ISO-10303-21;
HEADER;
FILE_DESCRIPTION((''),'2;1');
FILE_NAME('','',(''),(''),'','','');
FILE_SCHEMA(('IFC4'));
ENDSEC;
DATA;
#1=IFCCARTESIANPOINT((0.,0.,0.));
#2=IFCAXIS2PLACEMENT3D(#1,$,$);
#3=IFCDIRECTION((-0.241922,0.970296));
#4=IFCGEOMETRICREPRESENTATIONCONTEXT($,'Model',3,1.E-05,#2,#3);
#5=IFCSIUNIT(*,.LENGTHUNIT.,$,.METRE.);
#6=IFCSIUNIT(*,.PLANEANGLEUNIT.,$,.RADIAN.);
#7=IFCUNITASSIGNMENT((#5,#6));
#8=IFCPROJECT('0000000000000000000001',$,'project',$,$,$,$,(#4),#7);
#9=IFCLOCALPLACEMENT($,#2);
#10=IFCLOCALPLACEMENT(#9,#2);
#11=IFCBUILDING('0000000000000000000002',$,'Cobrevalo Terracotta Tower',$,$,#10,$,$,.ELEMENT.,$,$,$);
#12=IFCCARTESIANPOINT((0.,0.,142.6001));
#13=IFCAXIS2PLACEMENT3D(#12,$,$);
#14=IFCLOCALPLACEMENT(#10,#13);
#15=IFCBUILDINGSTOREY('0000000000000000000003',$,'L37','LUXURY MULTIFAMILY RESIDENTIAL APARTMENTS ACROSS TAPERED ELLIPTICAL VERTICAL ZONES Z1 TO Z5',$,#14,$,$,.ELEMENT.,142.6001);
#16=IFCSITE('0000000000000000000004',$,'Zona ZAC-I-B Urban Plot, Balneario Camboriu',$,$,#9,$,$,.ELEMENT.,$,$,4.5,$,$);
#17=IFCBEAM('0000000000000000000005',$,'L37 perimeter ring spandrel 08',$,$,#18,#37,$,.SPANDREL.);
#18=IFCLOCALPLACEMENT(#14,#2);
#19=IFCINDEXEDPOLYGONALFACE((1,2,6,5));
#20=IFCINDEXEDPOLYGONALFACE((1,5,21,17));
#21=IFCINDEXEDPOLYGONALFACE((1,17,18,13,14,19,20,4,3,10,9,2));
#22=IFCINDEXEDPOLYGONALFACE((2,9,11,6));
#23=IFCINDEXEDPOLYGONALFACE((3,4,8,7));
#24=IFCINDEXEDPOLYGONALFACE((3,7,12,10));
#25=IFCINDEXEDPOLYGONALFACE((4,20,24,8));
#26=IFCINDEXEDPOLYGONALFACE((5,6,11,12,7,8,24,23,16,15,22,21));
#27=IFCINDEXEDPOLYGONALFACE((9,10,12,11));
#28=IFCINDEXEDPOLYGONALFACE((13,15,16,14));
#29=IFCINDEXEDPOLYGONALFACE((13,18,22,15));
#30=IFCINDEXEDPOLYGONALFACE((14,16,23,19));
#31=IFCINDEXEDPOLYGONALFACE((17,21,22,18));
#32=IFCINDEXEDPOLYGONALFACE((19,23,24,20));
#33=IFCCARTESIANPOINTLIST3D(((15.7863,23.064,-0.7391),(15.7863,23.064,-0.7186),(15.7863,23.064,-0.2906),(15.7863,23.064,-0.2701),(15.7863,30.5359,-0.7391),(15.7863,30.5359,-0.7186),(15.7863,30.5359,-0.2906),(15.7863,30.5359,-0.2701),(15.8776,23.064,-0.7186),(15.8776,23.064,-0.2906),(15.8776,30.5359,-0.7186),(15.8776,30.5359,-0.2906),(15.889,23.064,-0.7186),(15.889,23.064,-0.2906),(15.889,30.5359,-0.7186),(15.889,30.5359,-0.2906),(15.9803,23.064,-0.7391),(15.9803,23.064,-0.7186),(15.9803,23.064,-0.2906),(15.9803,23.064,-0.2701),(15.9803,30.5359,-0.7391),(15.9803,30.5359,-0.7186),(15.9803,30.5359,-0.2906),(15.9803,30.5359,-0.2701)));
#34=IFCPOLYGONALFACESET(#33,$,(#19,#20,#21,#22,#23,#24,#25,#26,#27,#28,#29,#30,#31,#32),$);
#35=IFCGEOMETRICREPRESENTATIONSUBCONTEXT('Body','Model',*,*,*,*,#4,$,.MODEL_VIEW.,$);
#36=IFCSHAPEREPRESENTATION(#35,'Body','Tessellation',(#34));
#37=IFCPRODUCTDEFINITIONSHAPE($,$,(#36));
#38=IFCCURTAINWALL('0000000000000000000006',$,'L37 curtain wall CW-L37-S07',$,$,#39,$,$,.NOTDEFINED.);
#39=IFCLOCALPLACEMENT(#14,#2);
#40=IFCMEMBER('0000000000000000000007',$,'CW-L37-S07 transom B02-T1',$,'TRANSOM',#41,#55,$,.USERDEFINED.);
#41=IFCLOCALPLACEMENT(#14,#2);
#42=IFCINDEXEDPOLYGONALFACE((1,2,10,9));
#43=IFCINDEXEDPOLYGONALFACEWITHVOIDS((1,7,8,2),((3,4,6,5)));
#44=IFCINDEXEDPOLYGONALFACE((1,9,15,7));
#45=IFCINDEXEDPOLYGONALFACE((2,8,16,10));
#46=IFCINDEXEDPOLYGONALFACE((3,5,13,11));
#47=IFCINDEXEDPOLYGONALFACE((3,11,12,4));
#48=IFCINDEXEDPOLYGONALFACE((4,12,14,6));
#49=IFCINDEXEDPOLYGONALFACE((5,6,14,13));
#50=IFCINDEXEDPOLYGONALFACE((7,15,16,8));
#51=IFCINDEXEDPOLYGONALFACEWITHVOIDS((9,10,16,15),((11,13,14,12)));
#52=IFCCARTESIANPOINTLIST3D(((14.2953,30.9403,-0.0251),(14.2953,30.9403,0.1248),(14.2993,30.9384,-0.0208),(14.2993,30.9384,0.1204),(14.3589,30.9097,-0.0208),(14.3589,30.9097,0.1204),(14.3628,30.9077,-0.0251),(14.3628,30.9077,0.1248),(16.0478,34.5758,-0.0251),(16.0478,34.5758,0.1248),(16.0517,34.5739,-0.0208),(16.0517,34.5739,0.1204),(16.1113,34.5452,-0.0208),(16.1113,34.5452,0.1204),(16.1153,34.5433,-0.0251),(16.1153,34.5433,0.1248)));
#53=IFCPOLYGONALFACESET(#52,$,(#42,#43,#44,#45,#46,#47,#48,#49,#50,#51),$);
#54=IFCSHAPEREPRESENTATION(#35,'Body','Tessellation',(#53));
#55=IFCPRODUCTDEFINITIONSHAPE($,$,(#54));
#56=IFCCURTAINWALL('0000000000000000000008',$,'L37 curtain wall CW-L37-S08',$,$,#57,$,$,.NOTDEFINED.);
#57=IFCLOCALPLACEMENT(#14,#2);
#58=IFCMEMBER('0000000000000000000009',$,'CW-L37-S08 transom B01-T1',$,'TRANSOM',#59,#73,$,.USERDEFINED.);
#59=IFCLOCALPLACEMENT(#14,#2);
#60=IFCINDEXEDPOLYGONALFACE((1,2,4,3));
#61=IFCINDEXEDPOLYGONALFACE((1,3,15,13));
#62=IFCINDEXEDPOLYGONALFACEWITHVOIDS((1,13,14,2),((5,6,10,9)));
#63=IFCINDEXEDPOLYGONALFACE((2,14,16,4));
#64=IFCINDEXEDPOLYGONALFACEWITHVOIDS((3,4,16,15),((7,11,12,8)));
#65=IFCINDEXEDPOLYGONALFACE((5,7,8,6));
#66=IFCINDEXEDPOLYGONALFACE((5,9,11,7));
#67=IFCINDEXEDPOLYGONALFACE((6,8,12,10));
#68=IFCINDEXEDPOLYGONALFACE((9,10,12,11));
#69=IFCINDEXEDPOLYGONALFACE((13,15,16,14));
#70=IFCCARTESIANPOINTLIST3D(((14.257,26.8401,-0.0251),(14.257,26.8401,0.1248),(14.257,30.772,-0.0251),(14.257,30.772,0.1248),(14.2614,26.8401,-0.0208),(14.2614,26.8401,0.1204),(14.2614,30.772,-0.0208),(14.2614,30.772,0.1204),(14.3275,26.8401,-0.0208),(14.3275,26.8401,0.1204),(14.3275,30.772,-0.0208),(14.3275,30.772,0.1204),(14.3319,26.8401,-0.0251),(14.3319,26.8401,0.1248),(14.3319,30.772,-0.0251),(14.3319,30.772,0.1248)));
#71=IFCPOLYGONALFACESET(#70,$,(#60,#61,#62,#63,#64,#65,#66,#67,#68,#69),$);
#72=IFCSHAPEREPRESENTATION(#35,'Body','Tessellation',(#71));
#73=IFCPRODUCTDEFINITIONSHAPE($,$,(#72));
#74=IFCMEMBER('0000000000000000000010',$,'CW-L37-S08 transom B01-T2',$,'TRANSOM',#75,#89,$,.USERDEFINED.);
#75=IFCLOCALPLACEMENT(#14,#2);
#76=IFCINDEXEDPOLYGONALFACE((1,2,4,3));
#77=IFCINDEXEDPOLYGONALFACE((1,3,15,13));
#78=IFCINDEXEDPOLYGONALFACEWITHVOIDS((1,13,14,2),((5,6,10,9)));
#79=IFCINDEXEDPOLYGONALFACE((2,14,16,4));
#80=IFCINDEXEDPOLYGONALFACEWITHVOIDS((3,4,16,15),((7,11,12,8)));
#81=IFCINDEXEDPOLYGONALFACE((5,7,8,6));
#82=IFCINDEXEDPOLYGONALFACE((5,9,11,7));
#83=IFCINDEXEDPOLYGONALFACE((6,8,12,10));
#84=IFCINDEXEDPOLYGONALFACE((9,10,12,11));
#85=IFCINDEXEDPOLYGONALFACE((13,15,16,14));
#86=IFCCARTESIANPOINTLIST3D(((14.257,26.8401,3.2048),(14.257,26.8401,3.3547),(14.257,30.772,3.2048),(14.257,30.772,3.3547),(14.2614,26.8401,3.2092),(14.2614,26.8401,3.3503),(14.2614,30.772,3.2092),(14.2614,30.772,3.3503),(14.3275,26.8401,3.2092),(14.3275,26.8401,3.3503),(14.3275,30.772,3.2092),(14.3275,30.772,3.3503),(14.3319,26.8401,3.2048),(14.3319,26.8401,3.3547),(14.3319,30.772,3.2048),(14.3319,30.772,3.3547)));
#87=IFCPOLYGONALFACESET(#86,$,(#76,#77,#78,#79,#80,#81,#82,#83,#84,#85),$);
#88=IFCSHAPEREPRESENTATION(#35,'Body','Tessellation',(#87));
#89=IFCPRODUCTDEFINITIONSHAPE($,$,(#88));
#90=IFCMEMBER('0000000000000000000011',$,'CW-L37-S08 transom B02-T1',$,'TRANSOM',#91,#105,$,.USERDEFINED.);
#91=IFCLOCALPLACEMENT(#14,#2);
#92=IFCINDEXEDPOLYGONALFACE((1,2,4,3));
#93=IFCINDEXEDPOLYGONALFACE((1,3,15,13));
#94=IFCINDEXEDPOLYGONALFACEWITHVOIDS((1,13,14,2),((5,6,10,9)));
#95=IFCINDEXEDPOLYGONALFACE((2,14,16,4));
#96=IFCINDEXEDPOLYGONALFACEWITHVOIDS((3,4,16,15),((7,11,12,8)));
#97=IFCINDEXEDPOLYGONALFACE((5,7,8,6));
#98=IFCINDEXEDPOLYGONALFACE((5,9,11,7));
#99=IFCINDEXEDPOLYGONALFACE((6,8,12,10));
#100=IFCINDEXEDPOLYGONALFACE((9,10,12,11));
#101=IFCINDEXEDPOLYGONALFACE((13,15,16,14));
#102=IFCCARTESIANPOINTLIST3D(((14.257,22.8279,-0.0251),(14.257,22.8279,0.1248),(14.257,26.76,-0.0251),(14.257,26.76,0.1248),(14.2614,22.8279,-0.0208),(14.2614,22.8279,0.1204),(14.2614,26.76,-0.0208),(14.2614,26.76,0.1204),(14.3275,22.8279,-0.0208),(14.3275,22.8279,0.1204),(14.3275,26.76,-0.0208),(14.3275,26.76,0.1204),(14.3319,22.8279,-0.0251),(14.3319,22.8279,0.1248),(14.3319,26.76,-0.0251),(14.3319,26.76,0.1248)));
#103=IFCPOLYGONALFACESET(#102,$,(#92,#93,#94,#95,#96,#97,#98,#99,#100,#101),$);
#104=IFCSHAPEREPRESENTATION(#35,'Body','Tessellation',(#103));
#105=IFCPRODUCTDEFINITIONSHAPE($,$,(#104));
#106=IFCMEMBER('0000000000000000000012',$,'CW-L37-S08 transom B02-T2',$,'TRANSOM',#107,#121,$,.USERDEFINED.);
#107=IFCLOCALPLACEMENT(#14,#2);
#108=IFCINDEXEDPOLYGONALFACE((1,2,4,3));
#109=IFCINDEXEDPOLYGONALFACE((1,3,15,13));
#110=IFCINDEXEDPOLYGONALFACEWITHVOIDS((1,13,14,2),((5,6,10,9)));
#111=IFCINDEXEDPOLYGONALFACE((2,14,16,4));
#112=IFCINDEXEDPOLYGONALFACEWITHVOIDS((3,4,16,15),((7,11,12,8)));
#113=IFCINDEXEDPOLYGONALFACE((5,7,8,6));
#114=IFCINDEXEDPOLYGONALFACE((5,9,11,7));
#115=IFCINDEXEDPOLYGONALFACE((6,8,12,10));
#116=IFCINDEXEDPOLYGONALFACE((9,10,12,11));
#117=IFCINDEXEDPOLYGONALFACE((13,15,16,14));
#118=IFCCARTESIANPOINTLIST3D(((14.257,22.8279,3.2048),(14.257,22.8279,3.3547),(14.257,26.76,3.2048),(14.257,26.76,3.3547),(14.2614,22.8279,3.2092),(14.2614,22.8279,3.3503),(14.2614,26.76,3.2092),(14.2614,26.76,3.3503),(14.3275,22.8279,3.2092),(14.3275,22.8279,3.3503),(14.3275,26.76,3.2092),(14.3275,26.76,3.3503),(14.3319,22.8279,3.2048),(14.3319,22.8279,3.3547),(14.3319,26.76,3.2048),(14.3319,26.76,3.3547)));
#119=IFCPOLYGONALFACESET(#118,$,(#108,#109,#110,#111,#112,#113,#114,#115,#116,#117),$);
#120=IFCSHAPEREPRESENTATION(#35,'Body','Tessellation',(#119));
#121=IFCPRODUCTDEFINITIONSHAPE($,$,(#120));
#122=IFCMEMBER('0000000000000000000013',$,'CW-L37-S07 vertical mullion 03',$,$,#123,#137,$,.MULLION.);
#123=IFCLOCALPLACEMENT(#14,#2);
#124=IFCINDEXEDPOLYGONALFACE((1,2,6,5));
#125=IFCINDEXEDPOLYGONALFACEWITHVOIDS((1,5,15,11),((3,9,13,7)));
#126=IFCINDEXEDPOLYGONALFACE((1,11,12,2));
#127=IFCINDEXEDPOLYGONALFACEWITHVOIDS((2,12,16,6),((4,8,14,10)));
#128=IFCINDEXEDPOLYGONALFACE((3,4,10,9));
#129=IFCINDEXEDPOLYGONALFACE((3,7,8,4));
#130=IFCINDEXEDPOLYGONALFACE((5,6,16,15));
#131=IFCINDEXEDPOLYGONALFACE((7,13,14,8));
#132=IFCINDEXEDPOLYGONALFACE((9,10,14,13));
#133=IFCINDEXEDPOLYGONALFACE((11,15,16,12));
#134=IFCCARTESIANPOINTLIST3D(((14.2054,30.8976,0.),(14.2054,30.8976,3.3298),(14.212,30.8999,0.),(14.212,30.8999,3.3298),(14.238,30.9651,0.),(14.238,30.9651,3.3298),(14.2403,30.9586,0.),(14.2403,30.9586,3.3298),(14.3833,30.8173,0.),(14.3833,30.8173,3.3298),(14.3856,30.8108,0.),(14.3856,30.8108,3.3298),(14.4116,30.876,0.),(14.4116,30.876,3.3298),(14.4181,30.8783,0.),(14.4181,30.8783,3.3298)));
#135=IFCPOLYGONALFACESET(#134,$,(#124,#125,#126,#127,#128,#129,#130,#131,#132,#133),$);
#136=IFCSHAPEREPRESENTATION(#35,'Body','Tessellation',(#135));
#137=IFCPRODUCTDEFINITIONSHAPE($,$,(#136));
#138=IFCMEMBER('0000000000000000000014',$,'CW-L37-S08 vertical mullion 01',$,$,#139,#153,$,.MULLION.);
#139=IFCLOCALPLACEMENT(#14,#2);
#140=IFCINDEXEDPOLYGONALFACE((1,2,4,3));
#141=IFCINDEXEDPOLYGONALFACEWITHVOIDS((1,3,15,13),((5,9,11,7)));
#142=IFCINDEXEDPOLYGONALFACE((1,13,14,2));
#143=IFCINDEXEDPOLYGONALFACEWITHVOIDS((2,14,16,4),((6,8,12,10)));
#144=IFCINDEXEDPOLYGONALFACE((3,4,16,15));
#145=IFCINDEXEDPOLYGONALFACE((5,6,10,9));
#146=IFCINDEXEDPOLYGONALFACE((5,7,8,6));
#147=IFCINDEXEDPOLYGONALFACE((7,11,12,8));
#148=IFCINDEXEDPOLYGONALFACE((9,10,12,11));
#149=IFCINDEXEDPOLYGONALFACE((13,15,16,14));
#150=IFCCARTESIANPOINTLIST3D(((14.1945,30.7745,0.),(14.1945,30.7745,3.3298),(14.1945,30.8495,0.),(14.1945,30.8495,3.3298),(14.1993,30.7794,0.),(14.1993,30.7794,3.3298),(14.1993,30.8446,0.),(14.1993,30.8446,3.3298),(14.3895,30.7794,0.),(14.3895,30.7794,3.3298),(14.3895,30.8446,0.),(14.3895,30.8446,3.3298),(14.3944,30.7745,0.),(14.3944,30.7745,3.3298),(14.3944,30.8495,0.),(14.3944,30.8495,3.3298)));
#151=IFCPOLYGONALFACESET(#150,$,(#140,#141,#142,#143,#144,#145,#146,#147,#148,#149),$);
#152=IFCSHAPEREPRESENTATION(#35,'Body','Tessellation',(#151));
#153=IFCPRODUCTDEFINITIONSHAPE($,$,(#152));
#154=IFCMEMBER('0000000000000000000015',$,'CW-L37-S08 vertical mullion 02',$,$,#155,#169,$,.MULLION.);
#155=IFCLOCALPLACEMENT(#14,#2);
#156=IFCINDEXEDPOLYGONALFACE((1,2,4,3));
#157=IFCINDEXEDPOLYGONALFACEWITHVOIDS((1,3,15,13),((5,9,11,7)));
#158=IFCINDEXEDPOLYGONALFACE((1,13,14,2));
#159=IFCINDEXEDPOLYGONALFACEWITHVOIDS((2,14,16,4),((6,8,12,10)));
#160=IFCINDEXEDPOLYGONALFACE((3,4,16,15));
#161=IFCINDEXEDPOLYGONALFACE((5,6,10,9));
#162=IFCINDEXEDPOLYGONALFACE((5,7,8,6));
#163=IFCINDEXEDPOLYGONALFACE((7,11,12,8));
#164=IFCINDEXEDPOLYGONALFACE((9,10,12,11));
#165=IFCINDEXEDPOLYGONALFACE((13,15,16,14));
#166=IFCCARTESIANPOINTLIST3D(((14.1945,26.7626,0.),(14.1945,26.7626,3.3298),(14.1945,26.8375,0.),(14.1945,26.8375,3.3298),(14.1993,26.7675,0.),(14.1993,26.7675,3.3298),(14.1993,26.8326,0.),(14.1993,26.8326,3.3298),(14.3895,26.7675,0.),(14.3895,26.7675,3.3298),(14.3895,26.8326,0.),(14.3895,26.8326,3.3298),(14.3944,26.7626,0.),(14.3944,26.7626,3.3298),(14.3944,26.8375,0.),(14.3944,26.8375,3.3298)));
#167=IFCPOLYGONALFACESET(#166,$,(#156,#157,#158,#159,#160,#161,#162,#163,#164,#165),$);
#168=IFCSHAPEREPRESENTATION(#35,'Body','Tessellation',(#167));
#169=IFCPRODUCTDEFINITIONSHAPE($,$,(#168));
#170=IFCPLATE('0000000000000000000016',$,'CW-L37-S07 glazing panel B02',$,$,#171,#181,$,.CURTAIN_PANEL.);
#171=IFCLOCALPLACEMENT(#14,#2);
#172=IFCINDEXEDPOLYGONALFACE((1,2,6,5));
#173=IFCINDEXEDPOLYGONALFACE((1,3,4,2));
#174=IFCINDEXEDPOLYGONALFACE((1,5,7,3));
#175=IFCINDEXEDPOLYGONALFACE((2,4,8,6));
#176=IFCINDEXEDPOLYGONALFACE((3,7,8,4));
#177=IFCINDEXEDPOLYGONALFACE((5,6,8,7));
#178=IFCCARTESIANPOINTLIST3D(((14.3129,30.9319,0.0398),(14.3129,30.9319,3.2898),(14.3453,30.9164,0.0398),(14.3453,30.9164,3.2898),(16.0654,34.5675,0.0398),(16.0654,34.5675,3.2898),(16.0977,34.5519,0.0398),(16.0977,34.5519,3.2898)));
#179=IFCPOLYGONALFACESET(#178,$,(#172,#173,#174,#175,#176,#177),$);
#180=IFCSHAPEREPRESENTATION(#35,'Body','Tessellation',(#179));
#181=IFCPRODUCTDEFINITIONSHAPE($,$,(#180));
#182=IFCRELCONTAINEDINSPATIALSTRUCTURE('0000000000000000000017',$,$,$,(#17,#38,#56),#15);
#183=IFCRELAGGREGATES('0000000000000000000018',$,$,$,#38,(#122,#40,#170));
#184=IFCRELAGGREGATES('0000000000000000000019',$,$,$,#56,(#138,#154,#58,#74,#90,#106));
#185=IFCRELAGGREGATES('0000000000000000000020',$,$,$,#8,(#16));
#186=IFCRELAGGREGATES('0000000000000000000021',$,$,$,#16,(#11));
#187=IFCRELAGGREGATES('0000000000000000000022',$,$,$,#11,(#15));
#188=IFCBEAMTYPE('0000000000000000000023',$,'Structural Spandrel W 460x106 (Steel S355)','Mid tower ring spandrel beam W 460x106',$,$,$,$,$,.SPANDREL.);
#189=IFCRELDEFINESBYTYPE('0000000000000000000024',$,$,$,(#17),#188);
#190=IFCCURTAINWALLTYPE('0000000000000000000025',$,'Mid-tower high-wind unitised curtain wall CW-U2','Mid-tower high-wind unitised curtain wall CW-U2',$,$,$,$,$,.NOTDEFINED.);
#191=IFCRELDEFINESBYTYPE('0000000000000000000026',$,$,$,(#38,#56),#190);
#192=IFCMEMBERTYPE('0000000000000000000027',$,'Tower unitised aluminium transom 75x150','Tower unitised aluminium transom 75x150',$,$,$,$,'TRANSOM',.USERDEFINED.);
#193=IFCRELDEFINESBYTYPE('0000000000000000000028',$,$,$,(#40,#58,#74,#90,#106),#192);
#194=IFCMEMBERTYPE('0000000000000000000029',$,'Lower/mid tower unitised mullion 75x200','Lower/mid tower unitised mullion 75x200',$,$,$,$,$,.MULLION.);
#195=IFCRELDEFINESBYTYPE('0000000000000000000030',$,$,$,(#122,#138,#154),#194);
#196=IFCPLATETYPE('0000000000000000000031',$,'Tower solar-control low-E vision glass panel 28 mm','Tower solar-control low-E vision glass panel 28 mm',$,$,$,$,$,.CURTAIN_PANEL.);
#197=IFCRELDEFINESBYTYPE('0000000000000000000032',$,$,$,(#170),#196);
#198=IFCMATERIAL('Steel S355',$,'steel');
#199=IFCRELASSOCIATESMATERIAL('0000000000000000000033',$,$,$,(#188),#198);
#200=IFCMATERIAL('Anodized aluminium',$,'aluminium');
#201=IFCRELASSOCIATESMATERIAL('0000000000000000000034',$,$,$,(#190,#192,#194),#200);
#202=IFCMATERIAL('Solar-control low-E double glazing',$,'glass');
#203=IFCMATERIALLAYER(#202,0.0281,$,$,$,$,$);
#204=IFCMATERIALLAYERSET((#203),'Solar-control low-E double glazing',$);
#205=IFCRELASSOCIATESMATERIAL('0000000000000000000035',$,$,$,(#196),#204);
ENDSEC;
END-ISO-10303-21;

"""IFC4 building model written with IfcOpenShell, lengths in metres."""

from ifc_helpers import new_model, si_unit, direction, frame, origin, origin_2d, place, context, subcontext, project, spatial, rectangle, hollow_rectangle, i_section, extrude, source, transform, mapped, material, layer, layer_set, material_profile, profile_set, type_object, element, aggregate, save


model = new_model("IFC4")

# Units and contexts
model_context = context("Model", 3, precision=1e-05, world=origin(), true_north=direction((-0.241922, 0.970296)))
body_context = subcontext(model_context, "Body", "Model", "MODEL_VIEW")
ifc_project = project(units=[si_unit("LENGTHUNIT", "METRE"), si_unit("PLANEANGLEUNIT", "RADIAN")], contexts=[model_context])

# Site, building, storey
site_placement = place(None, origin())
site = spatial("IfcSite", under=ifc_project, at=site_placement, Name="Zona ZAC-I-B Urban Plot, Balneario Camboriu", CompositionType="ELEMENT", RefElevation=4.5)
building_placement = place(site_placement, origin())
building = spatial("IfcBuilding", under=site, at=building_placement, Name="Cobrevalo Terracotta Tower", CompositionType="ELEMENT")
storey_placement = place(building_placement, frame((0.0, 0.0, 142.6001)))
storey = spatial("IfcBuildingStorey", under=building, at=storey_placement, Name="L37", Description="LUXURY MULTIFAMILY RESIDENTIAL APARTMENTS ACROSS TAPERED ELLIPTICAL VERTICAL ZONES Z1 TO Z5", CompositionType="ELEMENT", Elevation=142.6001)

# Shared definitions
ifc_material_1 = material(Name="Steel S355", Category="steel")

# Beam
ifc_material_profile_1 = material_profile(ifc_material_1, i_section(OverallWidth=0.1941, OverallDepth=0.469, WebThickness=0.0115, FlangeThickness=0.0205, at=origin_2d()), Name="W 460x106")
ifc_profile_set_1 = profile_set([ifc_material_profile_1], Name="Steel S355")
beam_type_1 = type_object("IfcBeamType", Name="Structural Spandrel W 460x106 (Steel S355)", Description="Mid tower ring spandrel beam W 460x106", PredefinedType="SPANDREL", material=ifc_profile_set_1)
beam_1_placement = place(storey_placement, frame((15.8833, 30.5359, -0.5046), z_axis=(0.0, -1.0, 0.0), x_axis=(1.0, 0.0, 0.0)))
element("IfcBeam", 1, at=beam_1_placement, inside=storey, type_object=beam_type_1, Name="L37 perimeter ring spandrel 08", PredefinedType="SPANDREL", context=body_context, shape_type="SweptSolid", body=[
    extrude(i_section(OverallWidth=0.1941, OverallDepth=0.469, WebThickness=0.0115, FlangeThickness=0.0205, at=origin_2d()), origin(), (0.0, 0.0, 1.0), 7.4719),
])

# Curtain wall, member
ifc_material_2 = material(Name="Anodized aluminium", Category="aluminium")
curtain_wall_type = type_object("IfcCurtainWallType", Name="Mid-tower high-wind unitised curtain wall CW-U2", Description="Mid-tower high-wind unitised curtain wall CW-U2", PredefinedType="NOTDEFINED", material=ifc_material_2)
curtain_wall_1_placement = place(storey_placement, origin())
curtain_wall_1 = element("IfcCurtainWall", 2, at=curtain_wall_1_placement, inside=storey, type_object=curtain_wall_type, Name="L37 curtain wall CW-L37-S07", PredefinedType="NOTDEFINED")
ifc_material_profile_2 = material_profile(ifc_material_2, hollow_rectangle(XDim=0.075, YDim=0.1499, WallThickness=0.0044, at=origin_2d()), Name="CWT 75x150")
ifc_profile_set_2 = profile_set([ifc_material_profile_2], Name="Anodized aluminium")
member_type_1 = type_object("IfcMemberType", Name="Tower unitised aluminium transom 75x150", Description="Tower unitised aluminium transom 75x150", ElementType="TRANSOM", PredefinedType="USERDEFINED", material=ifc_profile_set_2)
shared_shape_1 = source(origin(), body_context, "Body", "SweptSolid", [
    extrude(hollow_rectangle(XDim=0.075, YDim=0.1499, WallThickness=0.0044, at=origin_2d()), origin(), (0.0, 0.0, 1.0), 4.0359),
])
member_1_placement = place(storey_placement, frame((16.0815, 34.5596, 0.0498), z_axis=(-0.434221, -0.900806, 0.0), x_axis=(0.900806, -0.434221, 0.0)))
member_1 = element("IfcMember", 3, at=member_1_placement, type_object=member_type_1, Name="CW-L37-S07 transom B02-T1", ObjectType="TRANSOM", PredefinedType="USERDEFINED", context=body_context, shape_type="MappedRepresentation", body=[
    mapped(shared_shape_1, transform((0.0, 0.0, 0.0), scale=1.0)),
])

# Curtain wall, members
curtain_wall_2_placement = place(storey_placement, origin())
curtain_wall_2 = element("IfcCurtainWall", 4, at=curtain_wall_2_placement, inside=storey, type_object=curtain_wall_type, Name="L37 curtain wall CW-L37-S08", PredefinedType="NOTDEFINED")
shared_shape_2 = source(origin(), body_context, "Body", "SweptSolid", [
    extrude(hollow_rectangle(XDim=0.075, YDim=0.1499, WallThickness=0.0044, at=origin_2d()), origin(), (0.0, 0.0, 1.0), 3.9319),
])
member_2_placement = place(storey_placement, frame((14.2944, 30.772, 0.0498), z_axis=(0.0, -1.0, 0.0), x_axis=(1.0, 0.0, 0.0)))
member_2 = element("IfcMember", 5, at=member_2_placement, type_object=member_type_1, Name="CW-L37-S08 transom B01-T1", ObjectType="TRANSOM", PredefinedType="USERDEFINED", context=body_context, shape_type="MappedRepresentation", body=[
    mapped(shared_shape_2, transform((0.0, 0.0, 0.0), scale=1.0)),
])
member_3_placement = place(storey_placement, frame((14.2944, 30.772, 3.2798), z_axis=(0.0, -1.0, 0.0), x_axis=(1.0, 0.0, 0.0)))
member_3 = element("IfcMember", 6, at=member_3_placement, type_object=member_type_1, Name="CW-L37-S08 transom B01-T2", ObjectType="TRANSOM", PredefinedType="USERDEFINED", context=body_context, shape_type="MappedRepresentation", body=[
    mapped(shared_shape_2, transform((0.0, 0.0, 0.0), scale=1.0)),
])
shared_shape_3 = source(origin(), body_context, "Body", "SweptSolid", [
    extrude(hollow_rectangle(XDim=0.075, YDim=0.1499, WallThickness=0.0044, at=origin_2d()), origin(), (0.0, 0.0, 1.0), 3.9321),
])
member_4_placement = place(storey_placement, frame((14.2944, 26.76, 0.0498), z_axis=(0.0, -1.0, 0.0), x_axis=(1.0, 0.0, 0.0)))
member_4 = element("IfcMember", 7, at=member_4_placement, type_object=member_type_1, Name="CW-L37-S08 transom B02-T1", ObjectType="TRANSOM", PredefinedType="USERDEFINED", context=body_context, shape_type="MappedRepresentation", body=[
    mapped(shared_shape_3, transform((0.0, 0.0, 0.0), scale=1.0)),
])
member_5_placement = place(storey_placement, frame((14.2944, 26.76, 3.2798), z_axis=(0.0, -1.0, 0.0), x_axis=(1.0, 0.0, 0.0)))
member_5 = element("IfcMember", 8, at=member_5_placement, type_object=member_type_1, Name="CW-L37-S08 transom B02-T2", ObjectType="TRANSOM", PredefinedType="USERDEFINED", context=body_context, shape_type="MappedRepresentation", body=[
    mapped(shared_shape_3, transform((0.0, 0.0, 0.0), scale=1.0)),
])

# Members
ifc_material_profile_3 = material_profile(ifc_material_2, hollow_rectangle(XDim=0.075, YDim=0.2, WallThickness=0.0049, at=origin_2d()), Name="CWM 75x200")
ifc_profile_set_3 = profile_set([ifc_material_profile_3], Name="Anodized aluminium")
member_type_2 = type_object("IfcMemberType", Name="Lower/mid tower unitised mullion 75x200", Description="Lower/mid tower unitised mullion 75x200", PredefinedType="MULLION", material=ifc_profile_set_3)
shared_shape_4 = source(origin(), body_context, "Body", "SweptSolid", [
    extrude(hollow_rectangle(XDim=0.075, YDim=0.2, WallThickness=0.0049, at=origin_2d()), origin(), (0.0, 0.0, 1.0), 3.3298),
])
member_6_placement = place(storey_placement, frame((14.3118, 30.8879, 0.0), z_axis=(0.0, 0.0, 1.0), x_axis=(-0.434209, -0.900812, 0.0)))
member_6 = element("IfcMember", 9, at=member_6_placement, type_object=member_type_2, Name="CW-L37-S07 vertical mullion 03", PredefinedType="MULLION", context=body_context, shape_type="MappedRepresentation", body=[
    mapped(shared_shape_4, transform((0.0, 0.0, 0.0), scale=1.0)),
])
member_7_placement = place(storey_placement, frame((14.2944, 30.812, 0.0), z_axis=(0.0, 0.0, 1.0), x_axis=(0.0, -1.0, 0.0)))
member_7 = element("IfcMember", 10, at=member_7_placement, type_object=member_type_2, Name="CW-L37-S08 vertical mullion 01", PredefinedType="MULLION", context=body_context, shape_type="MappedRepresentation", body=[
    mapped(shared_shape_4, transform((0.0, 0.0, 0.0), scale=1.0)),
])
member_8_placement = place(storey_placement, frame((14.2944, 26.8, 0.0), z_axis=(0.0, 0.0, 1.0), x_axis=(0.0, -1.0, 0.0)))
member_8 = element("IfcMember", 11, at=member_8_placement, type_object=member_type_2, Name="CW-L37-S08 vertical mullion 02", PredefinedType="MULLION", context=body_context, shape_type="MappedRepresentation", body=[
    mapped(shared_shape_4, transform((0.0, 0.0, 0.0), scale=1.0)),
])

# Plate
ifc_material_3 = material(Name="Solar-control low-E double glazing", Category="glass")
ifc_layer_1 = layer(ifc_material_3, 0.0281)
ifc_layer_set_1 = layer_set([ifc_layer_1], Name="Solar-control low-E double glazing")
plate_type = type_object("IfcPlateType", Name="Tower solar-control low-E vision glass panel 28 mm", Description="Tower solar-control low-E vision glass panel 28 mm", PredefinedType="CURTAIN_PANEL", material=ifc_layer_set_1)
shared_shape_5 = source(origin(), body_context, "Body", "SweptSolid", [
    extrude(rectangle(XDim=4.0359, YDim=0.0359, at=origin_2d()), origin(), (0.0, 0.0, 1.0), 3.25),
])
plate_1_placement = place(storey_placement, frame((15.2053, 32.7419, 0.0398), z_axis=(0.0, 0.0, 1.0), x_axis=(-0.434209, -0.900812, 0.0)))
plate_1 = element("IfcPlate", 12, at=plate_1_placement, type_object=plate_type, Name="CW-L37-S07 glazing panel B02", PredefinedType="CURTAIN_PANEL", context=body_context, shape_type="MappedRepresentation", body=[
    mapped(shared_shape_5, transform((0.0, 0.0, 0.0), scale=1.0)),
])
aggregate(curtain_wall_1, [member_6, member_1, plate_1])
aggregate(curtain_wall_2, [member_7, member_8, member_2, member_3, member_4, member_5])

save(model, "model.ifc")
